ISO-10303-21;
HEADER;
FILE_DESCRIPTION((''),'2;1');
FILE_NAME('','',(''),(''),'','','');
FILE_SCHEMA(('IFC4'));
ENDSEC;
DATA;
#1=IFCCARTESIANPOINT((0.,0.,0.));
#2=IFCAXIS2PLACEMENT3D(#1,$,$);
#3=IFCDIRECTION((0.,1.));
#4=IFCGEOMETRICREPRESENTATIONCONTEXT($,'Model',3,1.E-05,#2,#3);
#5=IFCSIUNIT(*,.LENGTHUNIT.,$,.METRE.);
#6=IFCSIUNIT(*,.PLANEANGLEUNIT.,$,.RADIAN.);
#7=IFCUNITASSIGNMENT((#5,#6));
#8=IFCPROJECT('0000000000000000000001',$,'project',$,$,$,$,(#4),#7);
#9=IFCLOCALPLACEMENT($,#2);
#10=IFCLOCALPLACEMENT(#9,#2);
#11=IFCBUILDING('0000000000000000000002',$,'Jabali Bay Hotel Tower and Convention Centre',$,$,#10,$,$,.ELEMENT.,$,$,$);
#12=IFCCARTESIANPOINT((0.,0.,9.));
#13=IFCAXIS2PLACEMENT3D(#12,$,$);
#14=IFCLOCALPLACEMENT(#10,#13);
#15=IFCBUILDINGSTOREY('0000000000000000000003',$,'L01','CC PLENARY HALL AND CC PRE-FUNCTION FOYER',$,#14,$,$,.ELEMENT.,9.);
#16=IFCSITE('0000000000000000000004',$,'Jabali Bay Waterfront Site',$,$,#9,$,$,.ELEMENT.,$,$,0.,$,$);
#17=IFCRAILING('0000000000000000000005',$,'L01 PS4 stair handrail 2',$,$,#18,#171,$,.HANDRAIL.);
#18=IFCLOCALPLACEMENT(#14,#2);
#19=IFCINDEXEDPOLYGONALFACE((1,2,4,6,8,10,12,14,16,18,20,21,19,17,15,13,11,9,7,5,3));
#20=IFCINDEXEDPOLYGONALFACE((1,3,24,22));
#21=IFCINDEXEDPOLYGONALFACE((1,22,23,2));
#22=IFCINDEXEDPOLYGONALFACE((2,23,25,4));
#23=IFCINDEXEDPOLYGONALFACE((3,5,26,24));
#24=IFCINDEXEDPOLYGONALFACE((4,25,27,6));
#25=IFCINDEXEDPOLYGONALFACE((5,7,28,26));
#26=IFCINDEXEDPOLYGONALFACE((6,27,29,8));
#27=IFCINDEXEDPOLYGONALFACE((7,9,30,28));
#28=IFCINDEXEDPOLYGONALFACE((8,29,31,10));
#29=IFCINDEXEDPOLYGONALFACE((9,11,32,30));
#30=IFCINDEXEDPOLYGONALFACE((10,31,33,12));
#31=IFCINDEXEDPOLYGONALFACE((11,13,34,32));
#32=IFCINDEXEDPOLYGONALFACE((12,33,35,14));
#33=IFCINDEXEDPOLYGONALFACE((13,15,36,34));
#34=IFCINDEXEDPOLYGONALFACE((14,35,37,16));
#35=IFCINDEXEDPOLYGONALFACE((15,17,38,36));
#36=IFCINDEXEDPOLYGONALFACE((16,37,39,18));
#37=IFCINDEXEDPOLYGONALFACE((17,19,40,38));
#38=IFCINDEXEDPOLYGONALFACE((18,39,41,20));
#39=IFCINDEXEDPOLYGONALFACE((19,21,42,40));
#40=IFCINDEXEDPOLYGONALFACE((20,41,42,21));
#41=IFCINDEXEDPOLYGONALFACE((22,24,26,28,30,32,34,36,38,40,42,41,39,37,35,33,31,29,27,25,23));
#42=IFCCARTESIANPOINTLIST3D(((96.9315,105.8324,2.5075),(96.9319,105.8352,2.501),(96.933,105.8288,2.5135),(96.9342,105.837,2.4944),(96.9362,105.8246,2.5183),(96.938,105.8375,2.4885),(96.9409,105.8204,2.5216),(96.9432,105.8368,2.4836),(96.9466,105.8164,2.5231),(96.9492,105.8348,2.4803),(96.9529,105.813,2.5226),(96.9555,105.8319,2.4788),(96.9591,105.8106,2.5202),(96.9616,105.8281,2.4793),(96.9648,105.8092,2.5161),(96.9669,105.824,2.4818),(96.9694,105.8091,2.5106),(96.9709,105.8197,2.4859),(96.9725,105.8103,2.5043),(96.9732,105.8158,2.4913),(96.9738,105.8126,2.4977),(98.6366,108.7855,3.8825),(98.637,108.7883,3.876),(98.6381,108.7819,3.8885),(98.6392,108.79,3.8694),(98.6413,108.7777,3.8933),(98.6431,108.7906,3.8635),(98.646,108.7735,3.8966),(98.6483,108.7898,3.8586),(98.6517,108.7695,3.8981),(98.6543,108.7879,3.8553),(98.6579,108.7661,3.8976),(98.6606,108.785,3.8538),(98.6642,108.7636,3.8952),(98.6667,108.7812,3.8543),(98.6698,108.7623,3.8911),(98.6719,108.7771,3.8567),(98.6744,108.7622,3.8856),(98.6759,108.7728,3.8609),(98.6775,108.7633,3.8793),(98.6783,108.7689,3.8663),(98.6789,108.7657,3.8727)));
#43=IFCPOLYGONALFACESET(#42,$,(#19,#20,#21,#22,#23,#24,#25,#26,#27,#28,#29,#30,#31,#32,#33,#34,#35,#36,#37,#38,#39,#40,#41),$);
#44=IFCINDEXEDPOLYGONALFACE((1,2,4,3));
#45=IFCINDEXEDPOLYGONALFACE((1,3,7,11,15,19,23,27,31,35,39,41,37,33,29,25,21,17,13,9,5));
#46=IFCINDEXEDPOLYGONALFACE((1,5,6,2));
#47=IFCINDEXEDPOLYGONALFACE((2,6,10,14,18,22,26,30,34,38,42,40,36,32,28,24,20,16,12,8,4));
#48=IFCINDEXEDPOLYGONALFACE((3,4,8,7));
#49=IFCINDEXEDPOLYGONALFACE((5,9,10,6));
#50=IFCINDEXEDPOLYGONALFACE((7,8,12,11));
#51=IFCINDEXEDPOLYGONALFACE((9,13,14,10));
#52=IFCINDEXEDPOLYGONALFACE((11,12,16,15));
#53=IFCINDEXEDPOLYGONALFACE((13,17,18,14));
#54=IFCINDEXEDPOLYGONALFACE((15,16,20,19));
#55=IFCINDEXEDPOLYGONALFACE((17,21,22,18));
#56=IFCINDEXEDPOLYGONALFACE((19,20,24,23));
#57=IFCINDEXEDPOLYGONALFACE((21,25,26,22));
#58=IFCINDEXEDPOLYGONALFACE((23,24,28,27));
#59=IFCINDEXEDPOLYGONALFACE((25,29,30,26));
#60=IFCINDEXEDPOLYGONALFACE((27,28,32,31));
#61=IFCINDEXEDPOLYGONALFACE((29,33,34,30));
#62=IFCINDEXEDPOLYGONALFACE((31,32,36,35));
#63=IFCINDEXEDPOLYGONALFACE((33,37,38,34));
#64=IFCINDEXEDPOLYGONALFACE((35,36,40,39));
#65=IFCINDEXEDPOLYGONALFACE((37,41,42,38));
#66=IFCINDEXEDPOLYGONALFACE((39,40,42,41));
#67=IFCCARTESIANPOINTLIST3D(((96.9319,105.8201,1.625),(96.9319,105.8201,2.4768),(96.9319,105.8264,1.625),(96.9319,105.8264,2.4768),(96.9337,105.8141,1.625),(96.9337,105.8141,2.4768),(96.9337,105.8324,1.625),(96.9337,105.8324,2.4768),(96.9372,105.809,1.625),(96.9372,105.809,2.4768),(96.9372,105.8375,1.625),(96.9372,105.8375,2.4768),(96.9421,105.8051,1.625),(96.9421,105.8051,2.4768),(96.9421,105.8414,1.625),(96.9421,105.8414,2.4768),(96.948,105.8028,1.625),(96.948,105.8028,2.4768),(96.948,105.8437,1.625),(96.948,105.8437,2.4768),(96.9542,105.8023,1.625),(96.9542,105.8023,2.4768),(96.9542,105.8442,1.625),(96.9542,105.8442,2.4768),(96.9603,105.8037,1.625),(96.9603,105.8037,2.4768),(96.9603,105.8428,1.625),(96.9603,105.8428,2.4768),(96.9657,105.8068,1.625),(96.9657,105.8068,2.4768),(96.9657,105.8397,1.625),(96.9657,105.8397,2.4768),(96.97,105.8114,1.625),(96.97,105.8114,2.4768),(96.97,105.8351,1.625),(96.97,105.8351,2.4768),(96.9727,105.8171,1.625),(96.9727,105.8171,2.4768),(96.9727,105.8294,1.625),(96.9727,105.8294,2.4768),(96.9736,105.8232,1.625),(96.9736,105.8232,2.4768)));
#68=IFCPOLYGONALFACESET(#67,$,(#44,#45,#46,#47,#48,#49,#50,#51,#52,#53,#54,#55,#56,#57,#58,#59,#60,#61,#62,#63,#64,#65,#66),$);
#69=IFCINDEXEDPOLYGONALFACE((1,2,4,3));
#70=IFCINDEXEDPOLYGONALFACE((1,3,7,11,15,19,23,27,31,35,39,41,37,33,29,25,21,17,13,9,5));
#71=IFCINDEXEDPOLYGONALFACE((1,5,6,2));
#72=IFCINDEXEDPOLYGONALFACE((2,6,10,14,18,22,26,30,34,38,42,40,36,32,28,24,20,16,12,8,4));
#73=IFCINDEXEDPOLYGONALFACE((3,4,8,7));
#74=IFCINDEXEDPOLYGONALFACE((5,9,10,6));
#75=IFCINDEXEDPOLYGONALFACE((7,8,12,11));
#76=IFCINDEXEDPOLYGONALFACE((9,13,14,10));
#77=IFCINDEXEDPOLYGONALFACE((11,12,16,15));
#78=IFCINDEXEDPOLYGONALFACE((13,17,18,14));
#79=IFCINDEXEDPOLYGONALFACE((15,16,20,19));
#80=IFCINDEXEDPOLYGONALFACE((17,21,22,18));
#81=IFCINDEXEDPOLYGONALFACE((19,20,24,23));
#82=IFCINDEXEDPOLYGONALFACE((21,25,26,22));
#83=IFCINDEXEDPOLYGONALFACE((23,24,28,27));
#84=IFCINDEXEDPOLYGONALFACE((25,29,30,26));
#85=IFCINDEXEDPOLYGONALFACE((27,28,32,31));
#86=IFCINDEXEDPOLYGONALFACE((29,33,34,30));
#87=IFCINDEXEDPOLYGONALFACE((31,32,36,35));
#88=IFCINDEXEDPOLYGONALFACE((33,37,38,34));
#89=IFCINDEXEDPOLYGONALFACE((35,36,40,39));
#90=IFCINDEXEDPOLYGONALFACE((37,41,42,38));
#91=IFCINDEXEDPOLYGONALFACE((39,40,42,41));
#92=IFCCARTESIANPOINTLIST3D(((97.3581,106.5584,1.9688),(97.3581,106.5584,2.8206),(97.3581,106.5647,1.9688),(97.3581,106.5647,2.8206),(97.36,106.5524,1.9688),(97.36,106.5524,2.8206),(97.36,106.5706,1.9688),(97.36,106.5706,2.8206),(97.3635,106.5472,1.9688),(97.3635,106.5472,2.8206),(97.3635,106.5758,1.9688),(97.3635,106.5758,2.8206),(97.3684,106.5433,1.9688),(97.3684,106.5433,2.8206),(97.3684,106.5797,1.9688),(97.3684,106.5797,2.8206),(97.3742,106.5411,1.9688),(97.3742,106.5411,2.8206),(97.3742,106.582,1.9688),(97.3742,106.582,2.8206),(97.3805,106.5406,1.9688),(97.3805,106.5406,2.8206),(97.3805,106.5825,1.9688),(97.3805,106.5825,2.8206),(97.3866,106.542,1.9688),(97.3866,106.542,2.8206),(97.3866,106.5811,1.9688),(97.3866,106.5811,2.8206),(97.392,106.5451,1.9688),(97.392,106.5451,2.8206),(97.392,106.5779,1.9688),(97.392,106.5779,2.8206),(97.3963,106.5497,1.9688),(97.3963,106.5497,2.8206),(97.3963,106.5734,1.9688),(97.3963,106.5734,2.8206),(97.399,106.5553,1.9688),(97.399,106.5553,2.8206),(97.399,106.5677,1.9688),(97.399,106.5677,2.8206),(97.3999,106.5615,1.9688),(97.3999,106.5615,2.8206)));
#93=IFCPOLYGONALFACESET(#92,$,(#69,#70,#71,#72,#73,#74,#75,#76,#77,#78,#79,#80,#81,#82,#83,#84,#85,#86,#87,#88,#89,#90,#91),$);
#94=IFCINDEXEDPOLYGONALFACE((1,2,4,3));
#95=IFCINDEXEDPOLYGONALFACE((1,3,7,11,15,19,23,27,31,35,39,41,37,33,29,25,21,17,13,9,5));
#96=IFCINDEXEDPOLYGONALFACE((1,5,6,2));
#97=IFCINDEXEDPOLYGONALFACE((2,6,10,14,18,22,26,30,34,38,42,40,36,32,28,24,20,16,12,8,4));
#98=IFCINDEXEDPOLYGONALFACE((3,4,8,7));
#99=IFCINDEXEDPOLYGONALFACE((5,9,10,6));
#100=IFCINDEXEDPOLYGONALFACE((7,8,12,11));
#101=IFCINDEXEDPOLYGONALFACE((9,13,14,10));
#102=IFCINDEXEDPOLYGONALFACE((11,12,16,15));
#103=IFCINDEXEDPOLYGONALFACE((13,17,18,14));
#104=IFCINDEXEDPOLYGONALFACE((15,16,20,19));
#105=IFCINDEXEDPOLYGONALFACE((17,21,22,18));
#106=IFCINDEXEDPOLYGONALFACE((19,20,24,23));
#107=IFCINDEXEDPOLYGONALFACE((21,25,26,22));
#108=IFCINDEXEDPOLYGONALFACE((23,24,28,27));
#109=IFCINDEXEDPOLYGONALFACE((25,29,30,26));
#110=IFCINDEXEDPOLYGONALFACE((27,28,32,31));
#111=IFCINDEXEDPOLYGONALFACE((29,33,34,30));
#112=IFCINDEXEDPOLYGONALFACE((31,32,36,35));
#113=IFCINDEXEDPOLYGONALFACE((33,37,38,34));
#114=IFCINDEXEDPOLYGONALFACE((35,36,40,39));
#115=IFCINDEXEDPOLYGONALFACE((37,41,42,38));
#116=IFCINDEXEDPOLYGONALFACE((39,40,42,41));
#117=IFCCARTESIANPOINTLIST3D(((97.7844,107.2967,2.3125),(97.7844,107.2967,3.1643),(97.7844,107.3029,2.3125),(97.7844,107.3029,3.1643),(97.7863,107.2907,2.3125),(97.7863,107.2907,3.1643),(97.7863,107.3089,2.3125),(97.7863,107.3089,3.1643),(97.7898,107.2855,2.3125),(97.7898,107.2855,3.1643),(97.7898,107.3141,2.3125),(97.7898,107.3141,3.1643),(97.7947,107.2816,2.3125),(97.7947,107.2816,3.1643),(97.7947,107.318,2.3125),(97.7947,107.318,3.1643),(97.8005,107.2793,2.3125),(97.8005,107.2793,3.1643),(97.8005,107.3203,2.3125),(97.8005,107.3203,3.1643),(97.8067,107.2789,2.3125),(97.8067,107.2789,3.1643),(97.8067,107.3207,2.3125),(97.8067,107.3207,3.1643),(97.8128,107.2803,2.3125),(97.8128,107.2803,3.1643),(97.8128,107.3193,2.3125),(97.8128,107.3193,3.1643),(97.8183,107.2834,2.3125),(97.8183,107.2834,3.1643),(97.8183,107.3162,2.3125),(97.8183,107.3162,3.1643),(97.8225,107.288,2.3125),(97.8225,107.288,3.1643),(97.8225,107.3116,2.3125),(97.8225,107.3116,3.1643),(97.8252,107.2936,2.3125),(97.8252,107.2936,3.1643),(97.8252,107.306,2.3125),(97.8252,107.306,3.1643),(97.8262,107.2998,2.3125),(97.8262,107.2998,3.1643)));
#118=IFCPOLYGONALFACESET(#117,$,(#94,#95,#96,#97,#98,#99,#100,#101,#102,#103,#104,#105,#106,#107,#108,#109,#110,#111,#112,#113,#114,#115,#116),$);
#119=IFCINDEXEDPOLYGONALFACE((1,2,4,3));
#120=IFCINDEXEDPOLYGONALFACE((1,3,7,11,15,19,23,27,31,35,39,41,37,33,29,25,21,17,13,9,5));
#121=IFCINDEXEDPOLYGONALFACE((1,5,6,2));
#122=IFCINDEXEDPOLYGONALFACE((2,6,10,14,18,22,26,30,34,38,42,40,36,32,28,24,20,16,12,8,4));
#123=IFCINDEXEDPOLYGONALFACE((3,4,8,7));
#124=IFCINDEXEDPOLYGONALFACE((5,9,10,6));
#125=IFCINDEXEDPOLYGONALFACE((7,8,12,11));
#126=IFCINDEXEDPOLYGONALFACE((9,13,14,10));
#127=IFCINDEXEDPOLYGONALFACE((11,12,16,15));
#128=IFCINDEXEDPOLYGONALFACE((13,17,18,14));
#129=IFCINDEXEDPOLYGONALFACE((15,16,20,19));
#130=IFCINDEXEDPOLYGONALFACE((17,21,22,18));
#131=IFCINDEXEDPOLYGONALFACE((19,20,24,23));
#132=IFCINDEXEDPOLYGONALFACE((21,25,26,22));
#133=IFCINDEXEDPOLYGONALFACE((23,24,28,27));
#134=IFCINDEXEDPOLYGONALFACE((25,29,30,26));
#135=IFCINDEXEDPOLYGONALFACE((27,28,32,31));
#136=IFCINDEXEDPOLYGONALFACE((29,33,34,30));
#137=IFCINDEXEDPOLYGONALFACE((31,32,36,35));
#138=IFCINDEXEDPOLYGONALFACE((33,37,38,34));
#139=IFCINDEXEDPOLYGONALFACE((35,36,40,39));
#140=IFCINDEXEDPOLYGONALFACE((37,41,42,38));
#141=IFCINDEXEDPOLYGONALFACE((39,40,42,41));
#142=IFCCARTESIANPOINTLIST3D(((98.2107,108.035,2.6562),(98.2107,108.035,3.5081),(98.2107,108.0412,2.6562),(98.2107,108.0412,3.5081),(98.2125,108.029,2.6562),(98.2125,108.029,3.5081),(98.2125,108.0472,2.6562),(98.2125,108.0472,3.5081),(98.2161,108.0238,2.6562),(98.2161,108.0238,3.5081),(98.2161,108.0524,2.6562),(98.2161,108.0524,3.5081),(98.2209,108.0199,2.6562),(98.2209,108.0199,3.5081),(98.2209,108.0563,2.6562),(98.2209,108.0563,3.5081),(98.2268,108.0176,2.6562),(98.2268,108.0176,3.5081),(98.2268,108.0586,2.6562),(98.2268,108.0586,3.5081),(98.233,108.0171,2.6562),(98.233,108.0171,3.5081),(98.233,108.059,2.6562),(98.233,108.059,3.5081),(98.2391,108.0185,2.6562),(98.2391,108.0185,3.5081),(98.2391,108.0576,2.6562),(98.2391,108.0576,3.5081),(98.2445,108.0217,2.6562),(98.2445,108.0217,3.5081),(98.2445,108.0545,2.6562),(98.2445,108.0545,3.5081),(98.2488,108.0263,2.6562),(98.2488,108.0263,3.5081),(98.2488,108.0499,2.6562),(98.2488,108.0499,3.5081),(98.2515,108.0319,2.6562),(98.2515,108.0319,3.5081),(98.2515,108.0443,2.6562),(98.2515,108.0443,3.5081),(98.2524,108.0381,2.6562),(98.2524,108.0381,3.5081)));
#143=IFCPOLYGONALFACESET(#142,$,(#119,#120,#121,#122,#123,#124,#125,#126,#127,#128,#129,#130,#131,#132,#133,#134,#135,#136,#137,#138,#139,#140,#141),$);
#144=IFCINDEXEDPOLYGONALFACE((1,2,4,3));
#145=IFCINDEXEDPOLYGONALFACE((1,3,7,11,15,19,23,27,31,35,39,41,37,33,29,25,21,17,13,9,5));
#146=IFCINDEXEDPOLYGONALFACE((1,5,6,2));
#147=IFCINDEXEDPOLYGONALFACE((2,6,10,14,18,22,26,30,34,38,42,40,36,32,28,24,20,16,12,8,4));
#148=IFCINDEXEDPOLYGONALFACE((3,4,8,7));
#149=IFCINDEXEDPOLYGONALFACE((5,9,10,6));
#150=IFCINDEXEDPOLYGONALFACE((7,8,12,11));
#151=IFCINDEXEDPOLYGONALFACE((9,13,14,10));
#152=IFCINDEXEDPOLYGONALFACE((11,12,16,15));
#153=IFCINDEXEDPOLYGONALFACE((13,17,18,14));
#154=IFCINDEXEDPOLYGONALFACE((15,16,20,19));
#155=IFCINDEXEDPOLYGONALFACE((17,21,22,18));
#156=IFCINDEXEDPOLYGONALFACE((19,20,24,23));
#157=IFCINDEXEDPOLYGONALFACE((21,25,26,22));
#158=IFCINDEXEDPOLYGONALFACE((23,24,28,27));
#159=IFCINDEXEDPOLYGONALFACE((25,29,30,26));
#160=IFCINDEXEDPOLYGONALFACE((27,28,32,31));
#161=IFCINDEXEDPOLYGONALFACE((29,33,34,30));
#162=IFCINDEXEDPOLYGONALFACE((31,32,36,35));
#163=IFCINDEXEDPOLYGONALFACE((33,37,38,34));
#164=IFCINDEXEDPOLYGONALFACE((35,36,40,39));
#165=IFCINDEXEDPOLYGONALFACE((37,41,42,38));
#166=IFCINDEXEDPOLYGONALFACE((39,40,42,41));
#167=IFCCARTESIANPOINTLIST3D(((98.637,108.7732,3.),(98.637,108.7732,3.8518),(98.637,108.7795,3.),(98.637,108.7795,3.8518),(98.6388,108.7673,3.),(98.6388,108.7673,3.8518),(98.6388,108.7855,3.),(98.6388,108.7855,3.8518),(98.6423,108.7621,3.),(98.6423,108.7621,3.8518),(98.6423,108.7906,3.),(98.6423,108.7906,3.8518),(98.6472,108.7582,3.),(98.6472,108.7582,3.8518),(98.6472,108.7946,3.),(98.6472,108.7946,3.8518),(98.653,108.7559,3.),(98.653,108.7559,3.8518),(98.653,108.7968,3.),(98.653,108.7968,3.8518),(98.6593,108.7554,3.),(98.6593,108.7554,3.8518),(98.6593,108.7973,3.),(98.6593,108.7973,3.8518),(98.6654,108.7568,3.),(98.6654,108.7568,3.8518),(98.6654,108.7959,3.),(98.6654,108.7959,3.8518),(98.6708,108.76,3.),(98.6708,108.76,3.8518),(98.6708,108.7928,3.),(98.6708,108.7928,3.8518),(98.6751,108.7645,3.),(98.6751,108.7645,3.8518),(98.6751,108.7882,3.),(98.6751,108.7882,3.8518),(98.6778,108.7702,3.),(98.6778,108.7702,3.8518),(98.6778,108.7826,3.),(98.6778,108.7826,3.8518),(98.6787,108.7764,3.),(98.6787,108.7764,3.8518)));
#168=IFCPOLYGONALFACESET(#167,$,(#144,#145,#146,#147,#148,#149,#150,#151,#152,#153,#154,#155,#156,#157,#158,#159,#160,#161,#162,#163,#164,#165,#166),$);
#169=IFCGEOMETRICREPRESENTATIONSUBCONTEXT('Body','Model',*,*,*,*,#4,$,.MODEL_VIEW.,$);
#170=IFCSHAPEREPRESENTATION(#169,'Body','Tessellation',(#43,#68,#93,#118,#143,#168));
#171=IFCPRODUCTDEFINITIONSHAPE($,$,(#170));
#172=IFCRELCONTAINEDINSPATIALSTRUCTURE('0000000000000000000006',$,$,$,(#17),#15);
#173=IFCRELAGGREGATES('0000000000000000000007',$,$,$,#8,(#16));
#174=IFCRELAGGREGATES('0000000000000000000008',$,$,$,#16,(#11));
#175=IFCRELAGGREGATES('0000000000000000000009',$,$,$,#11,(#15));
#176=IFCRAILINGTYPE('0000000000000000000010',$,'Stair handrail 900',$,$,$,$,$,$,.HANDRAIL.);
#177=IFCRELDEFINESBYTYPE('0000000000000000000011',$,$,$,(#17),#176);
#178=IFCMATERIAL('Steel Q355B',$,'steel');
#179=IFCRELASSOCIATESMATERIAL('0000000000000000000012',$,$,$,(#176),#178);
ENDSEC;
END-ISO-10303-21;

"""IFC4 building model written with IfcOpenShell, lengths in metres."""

from ifc_helpers import new_model, si_unit, direction, frame, origin, origin_2d, place, context, subcontext, project, spatial, circle, extrude, material, type_object, element, save


model = new_model("IFC4")

# Units and contexts
model_context = context("Model", 3, precision=1e-05, world=origin(), true_north=direction((0.0, 1.0)))
body_context = subcontext(model_context, "Body", "Model", "MODEL_VIEW")
ifc_project = project(units=[si_unit("LENGTHUNIT", "METRE"), si_unit("PLANEANGLEUNIT", "RADIAN")], contexts=[model_context])

# Site, building, storey
site_placement = place(None, origin())
site = spatial("IfcSite", under=ifc_project, at=site_placement, Name="Jabali Bay Waterfront Site", CompositionType="ELEMENT", RefElevation=0.0)
building_placement = place(site_placement, origin())
building = spatial("IfcBuilding", under=site, at=building_placement, Name="Jabali Bay Hotel Tower and Convention Centre", CompositionType="ELEMENT")
storey_placement = place(building_placement, frame((0.0, 0.0, 9.0)))
storey = spatial("IfcBuildingStorey", under=building, at=storey_placement, Name="L01", Description="CC PLENARY HALL AND CC PRE-FUNCTION FOYER", CompositionType="ELEMENT", Elevation=9.0)

# Railing
ifc_material_1 = material(Name="Steel Q355B", Category="steel")
railing_type_1 = type_object("IfcRailingType", Name="Stair handrail 900", PredefinedType="HANDRAIL", material=ifc_material_1)
railing_1_placement = place(storey_placement, frame((96.9526, 105.8232, 1.625)))
element("IfcRailing", 1, at=railing_1_placement, inside=storey, type_object=railing_type_1, Name="L01 PS4 stair handrail 2", PredefinedType="HANDRAIL", context=body_context, shape_type="SweptSolid", body=[
    extrude(circle(Radius=0.0239, at=origin_2d()), frame((0.0, 0.0, 0.876), z_axis=(0.46374, 0.803178, 0.373966), x_axis=(-0.866014, 0.50002, 0.0)), (0.0, 0.0, 1.0), 3.6768),
    extrude(circle(Radius=0.021, at=origin_2d()), origin(), (0.0, 0.0, 1.0), 0.8518),
    extrude(circle(Radius=0.021, at=origin_2d()), frame((0.4263, 0.7383, 0.3438)), (0.0, 0.0, 1.0), 0.8518),
    extrude(circle(Radius=0.021, at=origin_2d()), frame((0.8525, 1.4766, 0.6875)), (0.0, 0.0, 1.0), 0.8518),
    extrude(circle(Radius=0.021, at=origin_2d()), frame((1.2788, 2.2148, 1.0312)), (0.0, 0.0, 1.0), 0.8518),
    extrude(circle(Radius=0.021, at=origin_2d()), frame((1.7051, 2.9531, 1.375)), (0.0, 0.0, 1.0), 0.8518),
])

save(model, "model.ifc")
